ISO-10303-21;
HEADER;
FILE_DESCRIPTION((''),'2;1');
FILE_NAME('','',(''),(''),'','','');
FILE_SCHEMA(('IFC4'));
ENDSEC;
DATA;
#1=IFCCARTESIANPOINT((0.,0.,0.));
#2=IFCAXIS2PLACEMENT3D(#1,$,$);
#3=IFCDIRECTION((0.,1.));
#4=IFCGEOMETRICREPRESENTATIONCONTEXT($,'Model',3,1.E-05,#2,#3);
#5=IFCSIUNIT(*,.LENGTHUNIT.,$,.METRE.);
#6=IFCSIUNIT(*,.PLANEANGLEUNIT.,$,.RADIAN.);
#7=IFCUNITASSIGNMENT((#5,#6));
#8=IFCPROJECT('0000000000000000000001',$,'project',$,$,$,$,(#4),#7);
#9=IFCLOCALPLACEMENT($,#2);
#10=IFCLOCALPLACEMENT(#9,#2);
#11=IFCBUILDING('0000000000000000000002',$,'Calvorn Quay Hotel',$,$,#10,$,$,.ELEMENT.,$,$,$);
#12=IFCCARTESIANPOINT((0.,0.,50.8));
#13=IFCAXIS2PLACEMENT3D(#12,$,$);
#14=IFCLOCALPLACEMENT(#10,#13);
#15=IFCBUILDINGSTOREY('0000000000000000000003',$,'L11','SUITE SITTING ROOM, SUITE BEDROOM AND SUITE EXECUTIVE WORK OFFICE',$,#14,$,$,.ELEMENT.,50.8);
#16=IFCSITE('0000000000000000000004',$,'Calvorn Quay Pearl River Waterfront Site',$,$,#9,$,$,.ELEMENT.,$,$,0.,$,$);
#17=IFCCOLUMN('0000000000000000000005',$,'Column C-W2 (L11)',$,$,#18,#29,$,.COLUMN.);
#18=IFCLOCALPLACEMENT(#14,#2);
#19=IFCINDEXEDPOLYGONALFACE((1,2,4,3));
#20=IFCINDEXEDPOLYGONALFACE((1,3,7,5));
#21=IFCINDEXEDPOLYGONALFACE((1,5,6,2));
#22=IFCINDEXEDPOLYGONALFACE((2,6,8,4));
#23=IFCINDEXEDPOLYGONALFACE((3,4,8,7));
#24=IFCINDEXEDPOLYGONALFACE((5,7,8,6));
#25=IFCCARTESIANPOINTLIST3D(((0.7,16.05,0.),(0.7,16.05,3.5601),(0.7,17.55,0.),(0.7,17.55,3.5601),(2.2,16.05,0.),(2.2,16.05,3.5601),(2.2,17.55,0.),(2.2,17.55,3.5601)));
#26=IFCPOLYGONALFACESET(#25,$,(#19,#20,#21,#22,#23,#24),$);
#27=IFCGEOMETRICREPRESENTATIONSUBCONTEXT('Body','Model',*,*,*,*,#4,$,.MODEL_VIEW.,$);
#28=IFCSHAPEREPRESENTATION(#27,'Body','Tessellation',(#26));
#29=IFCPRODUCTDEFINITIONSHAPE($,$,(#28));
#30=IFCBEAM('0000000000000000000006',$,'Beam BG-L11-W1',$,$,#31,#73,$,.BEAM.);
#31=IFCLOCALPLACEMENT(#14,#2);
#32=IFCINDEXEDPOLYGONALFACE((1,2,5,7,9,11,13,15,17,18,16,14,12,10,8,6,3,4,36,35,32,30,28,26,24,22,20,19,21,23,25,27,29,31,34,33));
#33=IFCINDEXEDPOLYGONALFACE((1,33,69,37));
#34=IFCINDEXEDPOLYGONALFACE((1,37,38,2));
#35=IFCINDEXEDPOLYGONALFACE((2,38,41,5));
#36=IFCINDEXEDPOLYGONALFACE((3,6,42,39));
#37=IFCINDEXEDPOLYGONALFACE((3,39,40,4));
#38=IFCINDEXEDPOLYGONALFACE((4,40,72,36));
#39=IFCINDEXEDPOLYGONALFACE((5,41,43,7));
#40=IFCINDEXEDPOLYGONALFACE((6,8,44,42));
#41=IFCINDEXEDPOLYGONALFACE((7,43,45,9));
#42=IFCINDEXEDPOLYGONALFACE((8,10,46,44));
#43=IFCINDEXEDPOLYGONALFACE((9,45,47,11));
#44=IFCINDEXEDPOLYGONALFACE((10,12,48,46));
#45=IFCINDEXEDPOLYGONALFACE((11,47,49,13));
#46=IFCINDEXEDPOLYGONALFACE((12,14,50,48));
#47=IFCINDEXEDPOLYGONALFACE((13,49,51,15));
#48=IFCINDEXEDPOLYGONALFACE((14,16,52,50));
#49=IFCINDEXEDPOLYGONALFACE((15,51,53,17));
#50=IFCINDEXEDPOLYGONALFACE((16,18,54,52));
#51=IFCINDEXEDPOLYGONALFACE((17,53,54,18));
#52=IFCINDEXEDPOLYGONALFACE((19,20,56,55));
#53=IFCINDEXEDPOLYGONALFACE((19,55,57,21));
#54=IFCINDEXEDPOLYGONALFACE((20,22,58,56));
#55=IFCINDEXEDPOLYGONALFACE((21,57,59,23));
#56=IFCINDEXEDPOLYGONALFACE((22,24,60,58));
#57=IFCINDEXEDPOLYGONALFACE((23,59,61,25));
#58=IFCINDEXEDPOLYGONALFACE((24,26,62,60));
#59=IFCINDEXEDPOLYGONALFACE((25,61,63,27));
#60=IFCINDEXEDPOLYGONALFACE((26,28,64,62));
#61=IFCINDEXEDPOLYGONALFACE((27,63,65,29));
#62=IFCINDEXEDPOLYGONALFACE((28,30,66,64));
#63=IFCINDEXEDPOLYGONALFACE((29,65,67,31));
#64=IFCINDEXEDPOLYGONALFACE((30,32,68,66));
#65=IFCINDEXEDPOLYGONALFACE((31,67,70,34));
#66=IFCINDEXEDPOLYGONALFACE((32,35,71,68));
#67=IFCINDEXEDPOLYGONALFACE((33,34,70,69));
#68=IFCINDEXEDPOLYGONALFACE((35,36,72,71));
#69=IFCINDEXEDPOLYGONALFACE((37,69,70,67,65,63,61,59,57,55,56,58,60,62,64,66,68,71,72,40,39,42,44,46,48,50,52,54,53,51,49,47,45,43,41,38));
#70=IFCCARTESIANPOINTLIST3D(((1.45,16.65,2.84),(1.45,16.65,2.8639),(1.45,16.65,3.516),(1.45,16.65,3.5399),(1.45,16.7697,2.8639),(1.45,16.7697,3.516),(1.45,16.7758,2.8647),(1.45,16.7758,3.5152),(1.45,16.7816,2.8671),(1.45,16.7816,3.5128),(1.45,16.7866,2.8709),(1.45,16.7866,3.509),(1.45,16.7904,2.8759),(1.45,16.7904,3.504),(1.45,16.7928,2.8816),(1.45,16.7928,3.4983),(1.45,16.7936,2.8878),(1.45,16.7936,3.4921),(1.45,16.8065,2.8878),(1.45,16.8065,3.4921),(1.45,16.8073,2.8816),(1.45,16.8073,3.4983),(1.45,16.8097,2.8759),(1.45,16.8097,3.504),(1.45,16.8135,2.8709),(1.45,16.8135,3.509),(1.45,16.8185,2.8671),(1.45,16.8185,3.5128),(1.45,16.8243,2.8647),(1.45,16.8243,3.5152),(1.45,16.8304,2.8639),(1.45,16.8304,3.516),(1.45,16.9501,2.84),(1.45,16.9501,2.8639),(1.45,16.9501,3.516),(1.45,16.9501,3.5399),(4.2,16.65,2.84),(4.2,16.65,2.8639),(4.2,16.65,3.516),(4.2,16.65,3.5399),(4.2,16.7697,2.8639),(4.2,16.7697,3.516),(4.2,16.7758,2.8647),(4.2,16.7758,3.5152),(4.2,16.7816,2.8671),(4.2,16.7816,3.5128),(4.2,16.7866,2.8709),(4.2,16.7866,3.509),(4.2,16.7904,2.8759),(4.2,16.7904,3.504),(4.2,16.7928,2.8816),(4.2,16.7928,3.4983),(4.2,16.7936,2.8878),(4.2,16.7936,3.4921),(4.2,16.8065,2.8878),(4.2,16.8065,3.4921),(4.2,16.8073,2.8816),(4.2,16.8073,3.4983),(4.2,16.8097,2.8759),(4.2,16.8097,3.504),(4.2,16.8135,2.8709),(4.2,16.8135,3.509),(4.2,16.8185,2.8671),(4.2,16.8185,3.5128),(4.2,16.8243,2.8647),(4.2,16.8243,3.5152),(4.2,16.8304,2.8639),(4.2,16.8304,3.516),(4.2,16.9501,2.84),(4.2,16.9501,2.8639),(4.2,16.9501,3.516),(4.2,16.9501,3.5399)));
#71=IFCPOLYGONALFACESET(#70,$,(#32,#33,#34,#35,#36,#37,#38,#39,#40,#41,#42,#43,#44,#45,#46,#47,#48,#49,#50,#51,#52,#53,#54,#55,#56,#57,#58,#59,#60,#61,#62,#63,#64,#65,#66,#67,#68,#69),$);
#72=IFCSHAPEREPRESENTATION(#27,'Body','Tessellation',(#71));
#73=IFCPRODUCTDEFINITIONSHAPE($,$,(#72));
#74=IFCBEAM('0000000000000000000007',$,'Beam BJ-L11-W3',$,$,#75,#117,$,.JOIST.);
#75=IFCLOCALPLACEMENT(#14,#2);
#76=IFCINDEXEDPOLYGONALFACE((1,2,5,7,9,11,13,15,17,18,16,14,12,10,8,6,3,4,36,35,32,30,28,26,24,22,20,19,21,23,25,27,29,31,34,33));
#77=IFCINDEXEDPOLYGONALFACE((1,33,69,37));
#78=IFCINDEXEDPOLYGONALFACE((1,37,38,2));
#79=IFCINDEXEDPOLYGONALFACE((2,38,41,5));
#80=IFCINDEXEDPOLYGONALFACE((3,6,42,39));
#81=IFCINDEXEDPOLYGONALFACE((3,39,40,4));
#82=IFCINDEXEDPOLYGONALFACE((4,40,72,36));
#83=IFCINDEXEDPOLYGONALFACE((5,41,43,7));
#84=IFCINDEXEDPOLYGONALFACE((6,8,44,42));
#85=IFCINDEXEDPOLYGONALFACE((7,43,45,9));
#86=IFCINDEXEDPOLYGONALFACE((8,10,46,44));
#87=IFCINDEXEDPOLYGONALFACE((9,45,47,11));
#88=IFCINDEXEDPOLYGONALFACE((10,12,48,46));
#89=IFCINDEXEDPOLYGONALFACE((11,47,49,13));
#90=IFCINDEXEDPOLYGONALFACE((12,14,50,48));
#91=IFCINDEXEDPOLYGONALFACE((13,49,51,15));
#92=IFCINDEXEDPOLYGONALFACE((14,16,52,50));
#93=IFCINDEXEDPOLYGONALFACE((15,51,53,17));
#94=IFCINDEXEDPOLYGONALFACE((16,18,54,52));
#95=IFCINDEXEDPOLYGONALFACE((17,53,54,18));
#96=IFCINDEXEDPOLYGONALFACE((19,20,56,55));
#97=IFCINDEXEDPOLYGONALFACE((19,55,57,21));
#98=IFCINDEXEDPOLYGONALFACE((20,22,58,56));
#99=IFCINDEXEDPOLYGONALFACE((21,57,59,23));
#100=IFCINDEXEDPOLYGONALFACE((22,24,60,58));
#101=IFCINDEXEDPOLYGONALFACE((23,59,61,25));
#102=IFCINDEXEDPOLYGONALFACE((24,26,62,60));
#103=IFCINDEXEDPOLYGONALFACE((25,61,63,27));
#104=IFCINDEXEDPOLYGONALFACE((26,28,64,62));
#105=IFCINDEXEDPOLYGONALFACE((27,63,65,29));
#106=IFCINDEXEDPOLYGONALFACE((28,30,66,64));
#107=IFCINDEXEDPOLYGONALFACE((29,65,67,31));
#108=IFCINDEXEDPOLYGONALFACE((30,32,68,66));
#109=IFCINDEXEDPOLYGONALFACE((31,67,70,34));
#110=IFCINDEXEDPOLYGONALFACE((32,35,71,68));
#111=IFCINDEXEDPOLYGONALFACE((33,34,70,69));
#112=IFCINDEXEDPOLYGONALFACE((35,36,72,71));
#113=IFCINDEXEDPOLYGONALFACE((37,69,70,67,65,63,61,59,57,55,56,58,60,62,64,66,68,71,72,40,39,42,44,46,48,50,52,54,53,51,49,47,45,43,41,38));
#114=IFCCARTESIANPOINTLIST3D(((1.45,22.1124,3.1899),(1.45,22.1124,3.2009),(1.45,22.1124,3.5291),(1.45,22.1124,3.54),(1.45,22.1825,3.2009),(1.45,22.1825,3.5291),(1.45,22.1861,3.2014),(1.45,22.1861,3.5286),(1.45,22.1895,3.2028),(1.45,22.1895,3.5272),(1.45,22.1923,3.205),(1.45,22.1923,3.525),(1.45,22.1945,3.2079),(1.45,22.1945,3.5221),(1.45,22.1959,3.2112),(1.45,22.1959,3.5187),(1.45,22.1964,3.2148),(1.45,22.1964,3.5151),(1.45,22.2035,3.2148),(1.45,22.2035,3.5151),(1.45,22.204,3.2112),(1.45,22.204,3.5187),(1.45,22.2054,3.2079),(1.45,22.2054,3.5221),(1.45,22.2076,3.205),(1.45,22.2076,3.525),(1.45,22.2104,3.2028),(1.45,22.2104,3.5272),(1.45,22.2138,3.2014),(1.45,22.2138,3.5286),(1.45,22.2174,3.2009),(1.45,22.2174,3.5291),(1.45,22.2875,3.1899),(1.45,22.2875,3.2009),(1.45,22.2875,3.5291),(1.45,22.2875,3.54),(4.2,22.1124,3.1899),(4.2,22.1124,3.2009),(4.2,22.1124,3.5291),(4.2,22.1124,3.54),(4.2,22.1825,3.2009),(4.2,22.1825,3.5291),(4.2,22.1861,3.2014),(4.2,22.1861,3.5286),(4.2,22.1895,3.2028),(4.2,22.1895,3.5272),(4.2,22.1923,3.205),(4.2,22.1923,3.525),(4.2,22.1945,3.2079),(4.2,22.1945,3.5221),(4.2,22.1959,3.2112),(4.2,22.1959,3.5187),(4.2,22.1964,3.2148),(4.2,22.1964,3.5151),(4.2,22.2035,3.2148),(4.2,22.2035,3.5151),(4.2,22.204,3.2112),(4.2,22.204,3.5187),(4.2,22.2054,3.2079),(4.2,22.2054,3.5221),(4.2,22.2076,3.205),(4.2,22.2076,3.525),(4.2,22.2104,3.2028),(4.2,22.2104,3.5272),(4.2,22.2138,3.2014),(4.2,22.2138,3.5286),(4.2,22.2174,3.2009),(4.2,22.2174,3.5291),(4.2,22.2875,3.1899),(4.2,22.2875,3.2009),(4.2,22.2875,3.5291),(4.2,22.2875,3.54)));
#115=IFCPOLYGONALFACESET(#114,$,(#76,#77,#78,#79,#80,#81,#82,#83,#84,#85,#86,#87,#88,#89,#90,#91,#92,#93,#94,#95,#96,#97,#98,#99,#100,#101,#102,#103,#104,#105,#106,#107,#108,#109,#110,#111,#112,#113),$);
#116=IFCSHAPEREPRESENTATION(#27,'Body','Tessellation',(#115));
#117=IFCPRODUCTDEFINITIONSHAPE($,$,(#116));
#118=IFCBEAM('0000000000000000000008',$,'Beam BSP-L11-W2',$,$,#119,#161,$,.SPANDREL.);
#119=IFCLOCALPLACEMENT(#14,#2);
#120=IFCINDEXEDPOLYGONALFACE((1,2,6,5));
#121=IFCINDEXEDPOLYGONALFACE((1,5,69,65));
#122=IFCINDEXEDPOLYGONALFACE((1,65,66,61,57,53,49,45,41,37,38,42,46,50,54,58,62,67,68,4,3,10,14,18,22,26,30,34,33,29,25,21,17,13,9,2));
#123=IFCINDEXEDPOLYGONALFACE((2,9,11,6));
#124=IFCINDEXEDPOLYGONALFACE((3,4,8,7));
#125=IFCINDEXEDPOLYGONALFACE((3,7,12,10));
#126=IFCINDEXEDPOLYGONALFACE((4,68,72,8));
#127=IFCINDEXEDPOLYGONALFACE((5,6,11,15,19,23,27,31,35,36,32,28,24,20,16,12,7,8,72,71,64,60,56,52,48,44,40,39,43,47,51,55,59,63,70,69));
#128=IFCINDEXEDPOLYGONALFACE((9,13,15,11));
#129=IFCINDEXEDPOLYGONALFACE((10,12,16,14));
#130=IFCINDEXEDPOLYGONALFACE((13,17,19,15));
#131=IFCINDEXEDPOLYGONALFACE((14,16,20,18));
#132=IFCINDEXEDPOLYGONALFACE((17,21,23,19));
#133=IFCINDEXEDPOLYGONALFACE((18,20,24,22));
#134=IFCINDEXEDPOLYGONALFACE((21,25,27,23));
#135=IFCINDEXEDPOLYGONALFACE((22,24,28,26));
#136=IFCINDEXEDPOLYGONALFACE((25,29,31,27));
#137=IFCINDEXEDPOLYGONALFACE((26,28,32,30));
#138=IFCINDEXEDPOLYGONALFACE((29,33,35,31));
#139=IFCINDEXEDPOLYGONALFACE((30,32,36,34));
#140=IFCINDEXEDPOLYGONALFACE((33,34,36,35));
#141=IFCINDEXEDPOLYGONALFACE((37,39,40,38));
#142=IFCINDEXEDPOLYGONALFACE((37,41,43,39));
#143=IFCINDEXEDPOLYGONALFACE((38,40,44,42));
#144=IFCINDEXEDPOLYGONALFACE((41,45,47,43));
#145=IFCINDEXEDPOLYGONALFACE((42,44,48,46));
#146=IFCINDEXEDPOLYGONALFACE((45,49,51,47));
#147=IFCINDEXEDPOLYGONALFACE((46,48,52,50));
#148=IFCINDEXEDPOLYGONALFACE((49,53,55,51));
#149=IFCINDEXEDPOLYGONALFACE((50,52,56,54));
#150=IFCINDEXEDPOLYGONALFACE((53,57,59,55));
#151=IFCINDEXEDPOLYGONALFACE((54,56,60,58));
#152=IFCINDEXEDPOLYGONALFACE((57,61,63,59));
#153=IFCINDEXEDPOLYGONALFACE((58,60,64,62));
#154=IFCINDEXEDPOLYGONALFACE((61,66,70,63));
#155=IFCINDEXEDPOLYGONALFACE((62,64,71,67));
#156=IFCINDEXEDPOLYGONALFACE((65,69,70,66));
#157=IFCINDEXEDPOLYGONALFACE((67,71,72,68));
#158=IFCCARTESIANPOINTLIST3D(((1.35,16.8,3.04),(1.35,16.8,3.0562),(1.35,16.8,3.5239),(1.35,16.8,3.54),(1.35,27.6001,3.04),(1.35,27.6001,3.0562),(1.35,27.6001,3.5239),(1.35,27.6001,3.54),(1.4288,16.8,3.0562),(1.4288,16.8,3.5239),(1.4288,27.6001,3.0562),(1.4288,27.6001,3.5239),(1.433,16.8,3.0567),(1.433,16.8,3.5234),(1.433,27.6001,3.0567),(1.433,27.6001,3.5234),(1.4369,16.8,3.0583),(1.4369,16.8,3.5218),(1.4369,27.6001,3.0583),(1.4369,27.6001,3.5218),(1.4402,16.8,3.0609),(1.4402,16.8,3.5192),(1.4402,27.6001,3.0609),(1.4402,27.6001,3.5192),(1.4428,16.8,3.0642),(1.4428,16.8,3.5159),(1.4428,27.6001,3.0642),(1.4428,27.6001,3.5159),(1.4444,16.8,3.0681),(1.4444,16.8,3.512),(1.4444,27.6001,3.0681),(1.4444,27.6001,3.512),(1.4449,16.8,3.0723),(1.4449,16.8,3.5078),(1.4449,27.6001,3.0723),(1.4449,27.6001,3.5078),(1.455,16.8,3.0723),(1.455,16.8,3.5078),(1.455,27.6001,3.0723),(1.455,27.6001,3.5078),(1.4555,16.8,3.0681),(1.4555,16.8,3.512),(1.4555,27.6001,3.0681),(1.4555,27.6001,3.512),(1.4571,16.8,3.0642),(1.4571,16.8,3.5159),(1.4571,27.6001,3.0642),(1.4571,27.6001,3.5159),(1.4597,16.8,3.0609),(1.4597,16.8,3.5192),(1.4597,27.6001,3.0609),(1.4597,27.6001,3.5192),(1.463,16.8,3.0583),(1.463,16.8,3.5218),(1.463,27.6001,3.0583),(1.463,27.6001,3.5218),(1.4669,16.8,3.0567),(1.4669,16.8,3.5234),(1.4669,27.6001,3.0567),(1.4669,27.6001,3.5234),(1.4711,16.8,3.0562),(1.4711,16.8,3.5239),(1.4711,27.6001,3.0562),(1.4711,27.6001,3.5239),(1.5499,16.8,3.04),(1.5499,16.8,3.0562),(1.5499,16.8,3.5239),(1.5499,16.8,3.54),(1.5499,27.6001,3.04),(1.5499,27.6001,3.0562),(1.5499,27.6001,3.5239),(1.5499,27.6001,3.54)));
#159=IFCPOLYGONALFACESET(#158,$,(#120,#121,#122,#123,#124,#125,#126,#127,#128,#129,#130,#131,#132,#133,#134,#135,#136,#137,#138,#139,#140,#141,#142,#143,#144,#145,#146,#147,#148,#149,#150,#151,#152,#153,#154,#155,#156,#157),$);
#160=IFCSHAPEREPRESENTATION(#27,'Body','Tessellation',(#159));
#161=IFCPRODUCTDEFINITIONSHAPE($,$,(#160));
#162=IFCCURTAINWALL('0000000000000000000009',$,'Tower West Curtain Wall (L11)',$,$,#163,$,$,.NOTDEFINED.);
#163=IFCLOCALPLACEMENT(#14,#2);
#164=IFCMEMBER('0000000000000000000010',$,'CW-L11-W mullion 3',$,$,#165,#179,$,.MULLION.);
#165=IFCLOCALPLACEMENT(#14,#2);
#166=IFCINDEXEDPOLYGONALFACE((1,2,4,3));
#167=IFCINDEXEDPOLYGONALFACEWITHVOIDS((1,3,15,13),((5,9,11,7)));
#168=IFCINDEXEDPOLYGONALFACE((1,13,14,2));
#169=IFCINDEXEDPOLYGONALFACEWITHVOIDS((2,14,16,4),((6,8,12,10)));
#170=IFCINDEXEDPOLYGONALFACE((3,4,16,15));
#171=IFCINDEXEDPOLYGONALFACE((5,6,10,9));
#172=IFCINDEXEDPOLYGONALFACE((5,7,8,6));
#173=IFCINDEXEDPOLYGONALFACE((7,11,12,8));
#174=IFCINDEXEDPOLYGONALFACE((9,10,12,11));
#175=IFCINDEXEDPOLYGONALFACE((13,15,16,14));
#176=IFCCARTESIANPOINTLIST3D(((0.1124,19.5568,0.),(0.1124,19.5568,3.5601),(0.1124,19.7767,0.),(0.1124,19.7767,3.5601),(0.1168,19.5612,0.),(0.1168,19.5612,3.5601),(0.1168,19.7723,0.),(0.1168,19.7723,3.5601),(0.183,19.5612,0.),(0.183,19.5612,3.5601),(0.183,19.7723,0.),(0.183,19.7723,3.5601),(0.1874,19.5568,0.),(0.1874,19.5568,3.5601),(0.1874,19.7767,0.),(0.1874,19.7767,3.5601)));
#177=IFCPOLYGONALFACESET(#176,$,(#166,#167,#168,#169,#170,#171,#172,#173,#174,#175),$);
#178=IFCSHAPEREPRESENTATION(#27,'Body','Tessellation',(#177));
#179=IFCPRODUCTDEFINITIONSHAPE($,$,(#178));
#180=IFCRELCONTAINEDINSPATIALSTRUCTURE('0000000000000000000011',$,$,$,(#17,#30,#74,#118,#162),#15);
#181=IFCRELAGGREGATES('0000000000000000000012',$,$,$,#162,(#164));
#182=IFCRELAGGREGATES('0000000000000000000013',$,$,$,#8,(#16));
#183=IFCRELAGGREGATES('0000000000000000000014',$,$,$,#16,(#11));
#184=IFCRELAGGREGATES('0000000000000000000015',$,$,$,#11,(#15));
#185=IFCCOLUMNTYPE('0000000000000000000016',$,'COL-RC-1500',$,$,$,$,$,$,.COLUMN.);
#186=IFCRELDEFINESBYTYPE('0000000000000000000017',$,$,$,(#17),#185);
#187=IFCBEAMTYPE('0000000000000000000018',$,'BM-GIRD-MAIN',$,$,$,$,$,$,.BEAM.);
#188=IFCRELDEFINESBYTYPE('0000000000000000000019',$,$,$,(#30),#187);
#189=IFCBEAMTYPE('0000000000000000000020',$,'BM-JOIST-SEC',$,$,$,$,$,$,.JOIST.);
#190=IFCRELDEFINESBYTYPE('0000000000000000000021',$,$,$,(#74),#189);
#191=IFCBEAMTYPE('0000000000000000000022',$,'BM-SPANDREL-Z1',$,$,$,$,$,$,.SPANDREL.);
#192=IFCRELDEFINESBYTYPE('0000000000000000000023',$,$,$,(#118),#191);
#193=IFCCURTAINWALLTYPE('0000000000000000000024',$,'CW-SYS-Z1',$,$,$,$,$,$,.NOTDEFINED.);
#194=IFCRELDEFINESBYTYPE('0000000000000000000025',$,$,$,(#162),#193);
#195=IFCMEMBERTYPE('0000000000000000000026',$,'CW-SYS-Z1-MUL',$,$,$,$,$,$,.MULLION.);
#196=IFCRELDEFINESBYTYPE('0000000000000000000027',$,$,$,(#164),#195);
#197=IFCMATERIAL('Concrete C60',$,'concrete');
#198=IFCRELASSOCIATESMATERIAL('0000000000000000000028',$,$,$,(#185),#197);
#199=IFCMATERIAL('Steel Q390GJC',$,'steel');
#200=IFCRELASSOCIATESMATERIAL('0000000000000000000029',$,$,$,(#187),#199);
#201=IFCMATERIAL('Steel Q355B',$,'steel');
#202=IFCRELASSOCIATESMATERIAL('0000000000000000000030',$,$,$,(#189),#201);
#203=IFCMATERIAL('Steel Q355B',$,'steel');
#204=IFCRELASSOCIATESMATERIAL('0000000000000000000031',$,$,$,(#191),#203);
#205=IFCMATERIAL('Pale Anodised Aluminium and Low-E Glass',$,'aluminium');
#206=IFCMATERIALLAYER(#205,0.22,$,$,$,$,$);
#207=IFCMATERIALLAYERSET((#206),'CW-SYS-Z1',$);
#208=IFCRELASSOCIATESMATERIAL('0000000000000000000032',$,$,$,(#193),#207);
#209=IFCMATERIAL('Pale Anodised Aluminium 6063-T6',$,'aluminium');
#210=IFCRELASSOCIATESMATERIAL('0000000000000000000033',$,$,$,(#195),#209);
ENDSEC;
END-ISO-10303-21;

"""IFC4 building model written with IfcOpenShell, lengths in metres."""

from ifc_helpers import new_model, si_unit, direction, frame, origin, origin_2d, place, context, subcontext, project, spatial, rectangle, hollow_rectangle, i_section, extrude, material, layer, layer_set, material_profile, profile_set, type_object, element, aggregate, save


model = new_model("IFC4")

# Units and contexts
model_context = context("Model", 3, precision=1e-05, world=origin(), true_north=direction((0.0, 1.0)))
body_context = subcontext(model_context, "Body", "Model", "MODEL_VIEW")
ifc_project = project(units=[si_unit("LENGTHUNIT", "METRE"), si_unit("PLANEANGLEUNIT", "RADIAN")], contexts=[model_context])

# Site, building, storey
site_placement = place(None, origin())
site = spatial("IfcSite", under=ifc_project, at=site_placement, Name="Calvorn Quay Pearl River Waterfront Site", CompositionType="ELEMENT", RefElevation=0.0)
building_placement = place(site_placement, origin())
building = spatial("IfcBuilding", under=site, at=building_placement, Name="Calvorn Quay Hotel", CompositionType="ELEMENT")
storey_placement = place(building_placement, frame((0.0, 0.0, 50.8)))
storey = spatial("IfcBuildingStorey", under=building, at=storey_placement, Name="L11", Description="SUITE SITTING ROOM, SUITE BEDROOM AND SUITE EXECUTIVE WORK OFFICE", CompositionType="ELEMENT", Elevation=50.8)

# Column
ifc_material_1 = material(Name="Concrete C60", Category="concrete")
ifc_material_profile_1 = material_profile(ifc_material_1, rectangle(XDim=1.5, YDim=1.5, at=origin_2d()), Name="RC1500x1500")
ifc_profile_set_1 = profile_set([ifc_material_profile_1], Name="Concrete C60")
column_type = type_object("IfcColumnType", Name="COL-RC-1500", PredefinedType="COLUMN", material=ifc_profile_set_1)
column_placement = place(storey_placement, frame((1.45, 16.8, 0.0), z_axis=(0.0, 0.0, 1.0), x_axis=(1.0, 0.0, 0.0)))
element("IfcColumn", 1, at=column_placement, inside=storey, type_object=column_type, Name="Column C-W2 (L11)", PredefinedType="COLUMN", context=body_context, shape_type="SweptSolid", body=[
    extrude(rectangle(XDim=1.5, YDim=1.5, at=origin_2d()), origin(), (0.0, 0.0, 1.0), 3.5601),
])

# Beams
ifc_material_2 = material(Name="Steel Q390GJC", Category="steel")
ifc_material_profile_2 = material_profile(ifc_material_2, i_section(OverallWidth=0.3, OverallDepth=0.7, WebThickness=0.0129, FlangeThickness=0.0239, FilletRadius=0.0239, at=origin_2d()), Name="HN700x300x13x24")
ifc_profile_set_2 = profile_set([ifc_material_profile_2], Name="Steel Q390GJC")
beam_type_1 = type_object("IfcBeamType", Name="BM-GIRD-MAIN", PredefinedType="BEAM", material=ifc_profile_set_2)
beam_1_placement = place(storey_placement, frame((1.45, 16.8, 3.1899), z_axis=(1.0, 0.0, 0.0), x_axis=(0.0, 1.0, 0.0)))
element("IfcBeam", 2, at=beam_1_placement, inside=storey, type_object=beam_type_1, Name="Beam BG-L11-W1", PredefinedType="BEAM", context=body_context, shape_type="SweptSolid", body=[
    extrude(i_section(OverallWidth=0.3, OverallDepth=0.7, WebThickness=0.0129, FlangeThickness=0.0239, FilletRadius=0.0239, at=origin_2d()), origin(), (0.0, 0.0, 1.0), 2.75),
])
ifc_material_3 = material(Name="Steel Q355B", Category="steel")
ifc_material_profile_3 = material_profile(ifc_material_3, i_section(OverallWidth=0.175, OverallDepth=0.3501, WebThickness=0.0071, FlangeThickness=0.011, FilletRadius=0.0139, at=origin_2d()), Name="HN350x175x7x11")
ifc_profile_set_3 = profile_set([ifc_material_profile_3], Name="Steel Q355B")
beam_type_2 = type_object("IfcBeamType", Name="BM-JOIST-SEC", PredefinedType="JOIST", material=ifc_profile_set_3)
beam_2_placement = place(storey_placement, frame((1.45, 22.2, 3.365), z_axis=(1.0, 0.0, 0.0), x_axis=(0.0, 1.0, 0.0)))
element("IfcBeam", 3, at=beam_2_placement, inside=storey, type_object=beam_type_2, Name="Beam BJ-L11-W3", PredefinedType="JOIST", context=body_context, shape_type="SweptSolid", body=[
    extrude(i_section(OverallWidth=0.175, OverallDepth=0.3501, WebThickness=0.0071, FlangeThickness=0.011, FilletRadius=0.0139, at=origin_2d()), origin(), (0.0, 0.0, 1.0), 2.75),
])
ifc_material_4 = material(Name="Steel Q355B", Category="steel")
ifc_material_profile_4 = material_profile(ifc_material_4, i_section(OverallWidth=0.2, OverallDepth=0.5, WebThickness=0.01, FlangeThickness=0.0161, FilletRadius=0.0161, at=origin_2d()), Name="HN500x200x10x16")
ifc_profile_set_4 = profile_set([ifc_material_profile_4], Name="Steel Q355B")
beam_type_3 = type_object("IfcBeamType", Name="BM-SPANDREL-Z1", PredefinedType="SPANDREL", material=ifc_profile_set_4)
beam_3_placement = place(storey_placement, frame((1.45, 16.8, 3.29), z_axis=(0.0, 1.0, 0.0), x_axis=(-1.0, 0.0, 0.0)))
element("IfcBeam", 4, at=beam_3_placement, inside=storey, type_object=beam_type_3, Name="Beam BSP-L11-W2", PredefinedType="SPANDREL", context=body_context, shape_type="SweptSolid", body=[
    extrude(i_section(OverallWidth=0.2, OverallDepth=0.5, WebThickness=0.01, FlangeThickness=0.0161, FilletRadius=0.0161, at=origin_2d()), origin(), (0.0, 0.0, 1.0), 10.8),
])

# Curtain wall, member
ifc_material_5 = material(Name="Pale Anodised Aluminium and Low-E Glass", Category="aluminium")
ifc_layer_1 = layer(ifc_material_5, 0.22)
ifc_layer_set_1 = layer_set([ifc_layer_1], Name="CW-SYS-Z1")
curtain_wall_type = type_object("IfcCurtainWallType", Name="CW-SYS-Z1", PredefinedType="NOTDEFINED", material=ifc_layer_set_1)
curtain_wall_placement = place(storey_placement, origin())
curtain_wall = element("IfcCurtainWall", 5, at=curtain_wall_placement, inside=storey, type_object=curtain_wall_type, Name="Tower West Curtain Wall (L11)", PredefinedType="NOTDEFINED")
ifc_material_6 = material(Name="Pale Anodised Aluminium 6063-T6", Category="aluminium")
ifc_material_profile_5 = material_profile(ifc_material_6, hollow_rectangle(XDim=0.075, YDim=0.22, WallThickness=0.0044, at=origin_2d()), Name="ALU-M220x75x4.5")
ifc_profile_set_5 = profile_set([ifc_material_profile_5], Name="Pale Anodised Aluminium 6063-T6")
member_type_1 = type_object("IfcMemberType", Name="CW-SYS-Z1-MUL", PredefinedType="MULLION", material=ifc_profile_set_5)
member_1_placement = place(storey_placement, frame((0.1499, 19.6667, 0.0), z_axis=(0.0, 0.0, 1.0), x_axis=(-1.0, 0.0, 0.0)))
member_1 = element("IfcMember", 6, at=member_1_placement, type_object=member_type_1, Name="CW-L11-W mullion 3", PredefinedType="MULLION", context=body_context, shape_type="SweptSolid", body=[
    extrude(hollow_rectangle(XDim=0.075, YDim=0.22, WallThickness=0.0044, at=origin_2d()), origin(), (0.0, 0.0, 1.0), 3.5601),
])
aggregate(curtain_wall, [member_1])

save(model, "model.ifc")
